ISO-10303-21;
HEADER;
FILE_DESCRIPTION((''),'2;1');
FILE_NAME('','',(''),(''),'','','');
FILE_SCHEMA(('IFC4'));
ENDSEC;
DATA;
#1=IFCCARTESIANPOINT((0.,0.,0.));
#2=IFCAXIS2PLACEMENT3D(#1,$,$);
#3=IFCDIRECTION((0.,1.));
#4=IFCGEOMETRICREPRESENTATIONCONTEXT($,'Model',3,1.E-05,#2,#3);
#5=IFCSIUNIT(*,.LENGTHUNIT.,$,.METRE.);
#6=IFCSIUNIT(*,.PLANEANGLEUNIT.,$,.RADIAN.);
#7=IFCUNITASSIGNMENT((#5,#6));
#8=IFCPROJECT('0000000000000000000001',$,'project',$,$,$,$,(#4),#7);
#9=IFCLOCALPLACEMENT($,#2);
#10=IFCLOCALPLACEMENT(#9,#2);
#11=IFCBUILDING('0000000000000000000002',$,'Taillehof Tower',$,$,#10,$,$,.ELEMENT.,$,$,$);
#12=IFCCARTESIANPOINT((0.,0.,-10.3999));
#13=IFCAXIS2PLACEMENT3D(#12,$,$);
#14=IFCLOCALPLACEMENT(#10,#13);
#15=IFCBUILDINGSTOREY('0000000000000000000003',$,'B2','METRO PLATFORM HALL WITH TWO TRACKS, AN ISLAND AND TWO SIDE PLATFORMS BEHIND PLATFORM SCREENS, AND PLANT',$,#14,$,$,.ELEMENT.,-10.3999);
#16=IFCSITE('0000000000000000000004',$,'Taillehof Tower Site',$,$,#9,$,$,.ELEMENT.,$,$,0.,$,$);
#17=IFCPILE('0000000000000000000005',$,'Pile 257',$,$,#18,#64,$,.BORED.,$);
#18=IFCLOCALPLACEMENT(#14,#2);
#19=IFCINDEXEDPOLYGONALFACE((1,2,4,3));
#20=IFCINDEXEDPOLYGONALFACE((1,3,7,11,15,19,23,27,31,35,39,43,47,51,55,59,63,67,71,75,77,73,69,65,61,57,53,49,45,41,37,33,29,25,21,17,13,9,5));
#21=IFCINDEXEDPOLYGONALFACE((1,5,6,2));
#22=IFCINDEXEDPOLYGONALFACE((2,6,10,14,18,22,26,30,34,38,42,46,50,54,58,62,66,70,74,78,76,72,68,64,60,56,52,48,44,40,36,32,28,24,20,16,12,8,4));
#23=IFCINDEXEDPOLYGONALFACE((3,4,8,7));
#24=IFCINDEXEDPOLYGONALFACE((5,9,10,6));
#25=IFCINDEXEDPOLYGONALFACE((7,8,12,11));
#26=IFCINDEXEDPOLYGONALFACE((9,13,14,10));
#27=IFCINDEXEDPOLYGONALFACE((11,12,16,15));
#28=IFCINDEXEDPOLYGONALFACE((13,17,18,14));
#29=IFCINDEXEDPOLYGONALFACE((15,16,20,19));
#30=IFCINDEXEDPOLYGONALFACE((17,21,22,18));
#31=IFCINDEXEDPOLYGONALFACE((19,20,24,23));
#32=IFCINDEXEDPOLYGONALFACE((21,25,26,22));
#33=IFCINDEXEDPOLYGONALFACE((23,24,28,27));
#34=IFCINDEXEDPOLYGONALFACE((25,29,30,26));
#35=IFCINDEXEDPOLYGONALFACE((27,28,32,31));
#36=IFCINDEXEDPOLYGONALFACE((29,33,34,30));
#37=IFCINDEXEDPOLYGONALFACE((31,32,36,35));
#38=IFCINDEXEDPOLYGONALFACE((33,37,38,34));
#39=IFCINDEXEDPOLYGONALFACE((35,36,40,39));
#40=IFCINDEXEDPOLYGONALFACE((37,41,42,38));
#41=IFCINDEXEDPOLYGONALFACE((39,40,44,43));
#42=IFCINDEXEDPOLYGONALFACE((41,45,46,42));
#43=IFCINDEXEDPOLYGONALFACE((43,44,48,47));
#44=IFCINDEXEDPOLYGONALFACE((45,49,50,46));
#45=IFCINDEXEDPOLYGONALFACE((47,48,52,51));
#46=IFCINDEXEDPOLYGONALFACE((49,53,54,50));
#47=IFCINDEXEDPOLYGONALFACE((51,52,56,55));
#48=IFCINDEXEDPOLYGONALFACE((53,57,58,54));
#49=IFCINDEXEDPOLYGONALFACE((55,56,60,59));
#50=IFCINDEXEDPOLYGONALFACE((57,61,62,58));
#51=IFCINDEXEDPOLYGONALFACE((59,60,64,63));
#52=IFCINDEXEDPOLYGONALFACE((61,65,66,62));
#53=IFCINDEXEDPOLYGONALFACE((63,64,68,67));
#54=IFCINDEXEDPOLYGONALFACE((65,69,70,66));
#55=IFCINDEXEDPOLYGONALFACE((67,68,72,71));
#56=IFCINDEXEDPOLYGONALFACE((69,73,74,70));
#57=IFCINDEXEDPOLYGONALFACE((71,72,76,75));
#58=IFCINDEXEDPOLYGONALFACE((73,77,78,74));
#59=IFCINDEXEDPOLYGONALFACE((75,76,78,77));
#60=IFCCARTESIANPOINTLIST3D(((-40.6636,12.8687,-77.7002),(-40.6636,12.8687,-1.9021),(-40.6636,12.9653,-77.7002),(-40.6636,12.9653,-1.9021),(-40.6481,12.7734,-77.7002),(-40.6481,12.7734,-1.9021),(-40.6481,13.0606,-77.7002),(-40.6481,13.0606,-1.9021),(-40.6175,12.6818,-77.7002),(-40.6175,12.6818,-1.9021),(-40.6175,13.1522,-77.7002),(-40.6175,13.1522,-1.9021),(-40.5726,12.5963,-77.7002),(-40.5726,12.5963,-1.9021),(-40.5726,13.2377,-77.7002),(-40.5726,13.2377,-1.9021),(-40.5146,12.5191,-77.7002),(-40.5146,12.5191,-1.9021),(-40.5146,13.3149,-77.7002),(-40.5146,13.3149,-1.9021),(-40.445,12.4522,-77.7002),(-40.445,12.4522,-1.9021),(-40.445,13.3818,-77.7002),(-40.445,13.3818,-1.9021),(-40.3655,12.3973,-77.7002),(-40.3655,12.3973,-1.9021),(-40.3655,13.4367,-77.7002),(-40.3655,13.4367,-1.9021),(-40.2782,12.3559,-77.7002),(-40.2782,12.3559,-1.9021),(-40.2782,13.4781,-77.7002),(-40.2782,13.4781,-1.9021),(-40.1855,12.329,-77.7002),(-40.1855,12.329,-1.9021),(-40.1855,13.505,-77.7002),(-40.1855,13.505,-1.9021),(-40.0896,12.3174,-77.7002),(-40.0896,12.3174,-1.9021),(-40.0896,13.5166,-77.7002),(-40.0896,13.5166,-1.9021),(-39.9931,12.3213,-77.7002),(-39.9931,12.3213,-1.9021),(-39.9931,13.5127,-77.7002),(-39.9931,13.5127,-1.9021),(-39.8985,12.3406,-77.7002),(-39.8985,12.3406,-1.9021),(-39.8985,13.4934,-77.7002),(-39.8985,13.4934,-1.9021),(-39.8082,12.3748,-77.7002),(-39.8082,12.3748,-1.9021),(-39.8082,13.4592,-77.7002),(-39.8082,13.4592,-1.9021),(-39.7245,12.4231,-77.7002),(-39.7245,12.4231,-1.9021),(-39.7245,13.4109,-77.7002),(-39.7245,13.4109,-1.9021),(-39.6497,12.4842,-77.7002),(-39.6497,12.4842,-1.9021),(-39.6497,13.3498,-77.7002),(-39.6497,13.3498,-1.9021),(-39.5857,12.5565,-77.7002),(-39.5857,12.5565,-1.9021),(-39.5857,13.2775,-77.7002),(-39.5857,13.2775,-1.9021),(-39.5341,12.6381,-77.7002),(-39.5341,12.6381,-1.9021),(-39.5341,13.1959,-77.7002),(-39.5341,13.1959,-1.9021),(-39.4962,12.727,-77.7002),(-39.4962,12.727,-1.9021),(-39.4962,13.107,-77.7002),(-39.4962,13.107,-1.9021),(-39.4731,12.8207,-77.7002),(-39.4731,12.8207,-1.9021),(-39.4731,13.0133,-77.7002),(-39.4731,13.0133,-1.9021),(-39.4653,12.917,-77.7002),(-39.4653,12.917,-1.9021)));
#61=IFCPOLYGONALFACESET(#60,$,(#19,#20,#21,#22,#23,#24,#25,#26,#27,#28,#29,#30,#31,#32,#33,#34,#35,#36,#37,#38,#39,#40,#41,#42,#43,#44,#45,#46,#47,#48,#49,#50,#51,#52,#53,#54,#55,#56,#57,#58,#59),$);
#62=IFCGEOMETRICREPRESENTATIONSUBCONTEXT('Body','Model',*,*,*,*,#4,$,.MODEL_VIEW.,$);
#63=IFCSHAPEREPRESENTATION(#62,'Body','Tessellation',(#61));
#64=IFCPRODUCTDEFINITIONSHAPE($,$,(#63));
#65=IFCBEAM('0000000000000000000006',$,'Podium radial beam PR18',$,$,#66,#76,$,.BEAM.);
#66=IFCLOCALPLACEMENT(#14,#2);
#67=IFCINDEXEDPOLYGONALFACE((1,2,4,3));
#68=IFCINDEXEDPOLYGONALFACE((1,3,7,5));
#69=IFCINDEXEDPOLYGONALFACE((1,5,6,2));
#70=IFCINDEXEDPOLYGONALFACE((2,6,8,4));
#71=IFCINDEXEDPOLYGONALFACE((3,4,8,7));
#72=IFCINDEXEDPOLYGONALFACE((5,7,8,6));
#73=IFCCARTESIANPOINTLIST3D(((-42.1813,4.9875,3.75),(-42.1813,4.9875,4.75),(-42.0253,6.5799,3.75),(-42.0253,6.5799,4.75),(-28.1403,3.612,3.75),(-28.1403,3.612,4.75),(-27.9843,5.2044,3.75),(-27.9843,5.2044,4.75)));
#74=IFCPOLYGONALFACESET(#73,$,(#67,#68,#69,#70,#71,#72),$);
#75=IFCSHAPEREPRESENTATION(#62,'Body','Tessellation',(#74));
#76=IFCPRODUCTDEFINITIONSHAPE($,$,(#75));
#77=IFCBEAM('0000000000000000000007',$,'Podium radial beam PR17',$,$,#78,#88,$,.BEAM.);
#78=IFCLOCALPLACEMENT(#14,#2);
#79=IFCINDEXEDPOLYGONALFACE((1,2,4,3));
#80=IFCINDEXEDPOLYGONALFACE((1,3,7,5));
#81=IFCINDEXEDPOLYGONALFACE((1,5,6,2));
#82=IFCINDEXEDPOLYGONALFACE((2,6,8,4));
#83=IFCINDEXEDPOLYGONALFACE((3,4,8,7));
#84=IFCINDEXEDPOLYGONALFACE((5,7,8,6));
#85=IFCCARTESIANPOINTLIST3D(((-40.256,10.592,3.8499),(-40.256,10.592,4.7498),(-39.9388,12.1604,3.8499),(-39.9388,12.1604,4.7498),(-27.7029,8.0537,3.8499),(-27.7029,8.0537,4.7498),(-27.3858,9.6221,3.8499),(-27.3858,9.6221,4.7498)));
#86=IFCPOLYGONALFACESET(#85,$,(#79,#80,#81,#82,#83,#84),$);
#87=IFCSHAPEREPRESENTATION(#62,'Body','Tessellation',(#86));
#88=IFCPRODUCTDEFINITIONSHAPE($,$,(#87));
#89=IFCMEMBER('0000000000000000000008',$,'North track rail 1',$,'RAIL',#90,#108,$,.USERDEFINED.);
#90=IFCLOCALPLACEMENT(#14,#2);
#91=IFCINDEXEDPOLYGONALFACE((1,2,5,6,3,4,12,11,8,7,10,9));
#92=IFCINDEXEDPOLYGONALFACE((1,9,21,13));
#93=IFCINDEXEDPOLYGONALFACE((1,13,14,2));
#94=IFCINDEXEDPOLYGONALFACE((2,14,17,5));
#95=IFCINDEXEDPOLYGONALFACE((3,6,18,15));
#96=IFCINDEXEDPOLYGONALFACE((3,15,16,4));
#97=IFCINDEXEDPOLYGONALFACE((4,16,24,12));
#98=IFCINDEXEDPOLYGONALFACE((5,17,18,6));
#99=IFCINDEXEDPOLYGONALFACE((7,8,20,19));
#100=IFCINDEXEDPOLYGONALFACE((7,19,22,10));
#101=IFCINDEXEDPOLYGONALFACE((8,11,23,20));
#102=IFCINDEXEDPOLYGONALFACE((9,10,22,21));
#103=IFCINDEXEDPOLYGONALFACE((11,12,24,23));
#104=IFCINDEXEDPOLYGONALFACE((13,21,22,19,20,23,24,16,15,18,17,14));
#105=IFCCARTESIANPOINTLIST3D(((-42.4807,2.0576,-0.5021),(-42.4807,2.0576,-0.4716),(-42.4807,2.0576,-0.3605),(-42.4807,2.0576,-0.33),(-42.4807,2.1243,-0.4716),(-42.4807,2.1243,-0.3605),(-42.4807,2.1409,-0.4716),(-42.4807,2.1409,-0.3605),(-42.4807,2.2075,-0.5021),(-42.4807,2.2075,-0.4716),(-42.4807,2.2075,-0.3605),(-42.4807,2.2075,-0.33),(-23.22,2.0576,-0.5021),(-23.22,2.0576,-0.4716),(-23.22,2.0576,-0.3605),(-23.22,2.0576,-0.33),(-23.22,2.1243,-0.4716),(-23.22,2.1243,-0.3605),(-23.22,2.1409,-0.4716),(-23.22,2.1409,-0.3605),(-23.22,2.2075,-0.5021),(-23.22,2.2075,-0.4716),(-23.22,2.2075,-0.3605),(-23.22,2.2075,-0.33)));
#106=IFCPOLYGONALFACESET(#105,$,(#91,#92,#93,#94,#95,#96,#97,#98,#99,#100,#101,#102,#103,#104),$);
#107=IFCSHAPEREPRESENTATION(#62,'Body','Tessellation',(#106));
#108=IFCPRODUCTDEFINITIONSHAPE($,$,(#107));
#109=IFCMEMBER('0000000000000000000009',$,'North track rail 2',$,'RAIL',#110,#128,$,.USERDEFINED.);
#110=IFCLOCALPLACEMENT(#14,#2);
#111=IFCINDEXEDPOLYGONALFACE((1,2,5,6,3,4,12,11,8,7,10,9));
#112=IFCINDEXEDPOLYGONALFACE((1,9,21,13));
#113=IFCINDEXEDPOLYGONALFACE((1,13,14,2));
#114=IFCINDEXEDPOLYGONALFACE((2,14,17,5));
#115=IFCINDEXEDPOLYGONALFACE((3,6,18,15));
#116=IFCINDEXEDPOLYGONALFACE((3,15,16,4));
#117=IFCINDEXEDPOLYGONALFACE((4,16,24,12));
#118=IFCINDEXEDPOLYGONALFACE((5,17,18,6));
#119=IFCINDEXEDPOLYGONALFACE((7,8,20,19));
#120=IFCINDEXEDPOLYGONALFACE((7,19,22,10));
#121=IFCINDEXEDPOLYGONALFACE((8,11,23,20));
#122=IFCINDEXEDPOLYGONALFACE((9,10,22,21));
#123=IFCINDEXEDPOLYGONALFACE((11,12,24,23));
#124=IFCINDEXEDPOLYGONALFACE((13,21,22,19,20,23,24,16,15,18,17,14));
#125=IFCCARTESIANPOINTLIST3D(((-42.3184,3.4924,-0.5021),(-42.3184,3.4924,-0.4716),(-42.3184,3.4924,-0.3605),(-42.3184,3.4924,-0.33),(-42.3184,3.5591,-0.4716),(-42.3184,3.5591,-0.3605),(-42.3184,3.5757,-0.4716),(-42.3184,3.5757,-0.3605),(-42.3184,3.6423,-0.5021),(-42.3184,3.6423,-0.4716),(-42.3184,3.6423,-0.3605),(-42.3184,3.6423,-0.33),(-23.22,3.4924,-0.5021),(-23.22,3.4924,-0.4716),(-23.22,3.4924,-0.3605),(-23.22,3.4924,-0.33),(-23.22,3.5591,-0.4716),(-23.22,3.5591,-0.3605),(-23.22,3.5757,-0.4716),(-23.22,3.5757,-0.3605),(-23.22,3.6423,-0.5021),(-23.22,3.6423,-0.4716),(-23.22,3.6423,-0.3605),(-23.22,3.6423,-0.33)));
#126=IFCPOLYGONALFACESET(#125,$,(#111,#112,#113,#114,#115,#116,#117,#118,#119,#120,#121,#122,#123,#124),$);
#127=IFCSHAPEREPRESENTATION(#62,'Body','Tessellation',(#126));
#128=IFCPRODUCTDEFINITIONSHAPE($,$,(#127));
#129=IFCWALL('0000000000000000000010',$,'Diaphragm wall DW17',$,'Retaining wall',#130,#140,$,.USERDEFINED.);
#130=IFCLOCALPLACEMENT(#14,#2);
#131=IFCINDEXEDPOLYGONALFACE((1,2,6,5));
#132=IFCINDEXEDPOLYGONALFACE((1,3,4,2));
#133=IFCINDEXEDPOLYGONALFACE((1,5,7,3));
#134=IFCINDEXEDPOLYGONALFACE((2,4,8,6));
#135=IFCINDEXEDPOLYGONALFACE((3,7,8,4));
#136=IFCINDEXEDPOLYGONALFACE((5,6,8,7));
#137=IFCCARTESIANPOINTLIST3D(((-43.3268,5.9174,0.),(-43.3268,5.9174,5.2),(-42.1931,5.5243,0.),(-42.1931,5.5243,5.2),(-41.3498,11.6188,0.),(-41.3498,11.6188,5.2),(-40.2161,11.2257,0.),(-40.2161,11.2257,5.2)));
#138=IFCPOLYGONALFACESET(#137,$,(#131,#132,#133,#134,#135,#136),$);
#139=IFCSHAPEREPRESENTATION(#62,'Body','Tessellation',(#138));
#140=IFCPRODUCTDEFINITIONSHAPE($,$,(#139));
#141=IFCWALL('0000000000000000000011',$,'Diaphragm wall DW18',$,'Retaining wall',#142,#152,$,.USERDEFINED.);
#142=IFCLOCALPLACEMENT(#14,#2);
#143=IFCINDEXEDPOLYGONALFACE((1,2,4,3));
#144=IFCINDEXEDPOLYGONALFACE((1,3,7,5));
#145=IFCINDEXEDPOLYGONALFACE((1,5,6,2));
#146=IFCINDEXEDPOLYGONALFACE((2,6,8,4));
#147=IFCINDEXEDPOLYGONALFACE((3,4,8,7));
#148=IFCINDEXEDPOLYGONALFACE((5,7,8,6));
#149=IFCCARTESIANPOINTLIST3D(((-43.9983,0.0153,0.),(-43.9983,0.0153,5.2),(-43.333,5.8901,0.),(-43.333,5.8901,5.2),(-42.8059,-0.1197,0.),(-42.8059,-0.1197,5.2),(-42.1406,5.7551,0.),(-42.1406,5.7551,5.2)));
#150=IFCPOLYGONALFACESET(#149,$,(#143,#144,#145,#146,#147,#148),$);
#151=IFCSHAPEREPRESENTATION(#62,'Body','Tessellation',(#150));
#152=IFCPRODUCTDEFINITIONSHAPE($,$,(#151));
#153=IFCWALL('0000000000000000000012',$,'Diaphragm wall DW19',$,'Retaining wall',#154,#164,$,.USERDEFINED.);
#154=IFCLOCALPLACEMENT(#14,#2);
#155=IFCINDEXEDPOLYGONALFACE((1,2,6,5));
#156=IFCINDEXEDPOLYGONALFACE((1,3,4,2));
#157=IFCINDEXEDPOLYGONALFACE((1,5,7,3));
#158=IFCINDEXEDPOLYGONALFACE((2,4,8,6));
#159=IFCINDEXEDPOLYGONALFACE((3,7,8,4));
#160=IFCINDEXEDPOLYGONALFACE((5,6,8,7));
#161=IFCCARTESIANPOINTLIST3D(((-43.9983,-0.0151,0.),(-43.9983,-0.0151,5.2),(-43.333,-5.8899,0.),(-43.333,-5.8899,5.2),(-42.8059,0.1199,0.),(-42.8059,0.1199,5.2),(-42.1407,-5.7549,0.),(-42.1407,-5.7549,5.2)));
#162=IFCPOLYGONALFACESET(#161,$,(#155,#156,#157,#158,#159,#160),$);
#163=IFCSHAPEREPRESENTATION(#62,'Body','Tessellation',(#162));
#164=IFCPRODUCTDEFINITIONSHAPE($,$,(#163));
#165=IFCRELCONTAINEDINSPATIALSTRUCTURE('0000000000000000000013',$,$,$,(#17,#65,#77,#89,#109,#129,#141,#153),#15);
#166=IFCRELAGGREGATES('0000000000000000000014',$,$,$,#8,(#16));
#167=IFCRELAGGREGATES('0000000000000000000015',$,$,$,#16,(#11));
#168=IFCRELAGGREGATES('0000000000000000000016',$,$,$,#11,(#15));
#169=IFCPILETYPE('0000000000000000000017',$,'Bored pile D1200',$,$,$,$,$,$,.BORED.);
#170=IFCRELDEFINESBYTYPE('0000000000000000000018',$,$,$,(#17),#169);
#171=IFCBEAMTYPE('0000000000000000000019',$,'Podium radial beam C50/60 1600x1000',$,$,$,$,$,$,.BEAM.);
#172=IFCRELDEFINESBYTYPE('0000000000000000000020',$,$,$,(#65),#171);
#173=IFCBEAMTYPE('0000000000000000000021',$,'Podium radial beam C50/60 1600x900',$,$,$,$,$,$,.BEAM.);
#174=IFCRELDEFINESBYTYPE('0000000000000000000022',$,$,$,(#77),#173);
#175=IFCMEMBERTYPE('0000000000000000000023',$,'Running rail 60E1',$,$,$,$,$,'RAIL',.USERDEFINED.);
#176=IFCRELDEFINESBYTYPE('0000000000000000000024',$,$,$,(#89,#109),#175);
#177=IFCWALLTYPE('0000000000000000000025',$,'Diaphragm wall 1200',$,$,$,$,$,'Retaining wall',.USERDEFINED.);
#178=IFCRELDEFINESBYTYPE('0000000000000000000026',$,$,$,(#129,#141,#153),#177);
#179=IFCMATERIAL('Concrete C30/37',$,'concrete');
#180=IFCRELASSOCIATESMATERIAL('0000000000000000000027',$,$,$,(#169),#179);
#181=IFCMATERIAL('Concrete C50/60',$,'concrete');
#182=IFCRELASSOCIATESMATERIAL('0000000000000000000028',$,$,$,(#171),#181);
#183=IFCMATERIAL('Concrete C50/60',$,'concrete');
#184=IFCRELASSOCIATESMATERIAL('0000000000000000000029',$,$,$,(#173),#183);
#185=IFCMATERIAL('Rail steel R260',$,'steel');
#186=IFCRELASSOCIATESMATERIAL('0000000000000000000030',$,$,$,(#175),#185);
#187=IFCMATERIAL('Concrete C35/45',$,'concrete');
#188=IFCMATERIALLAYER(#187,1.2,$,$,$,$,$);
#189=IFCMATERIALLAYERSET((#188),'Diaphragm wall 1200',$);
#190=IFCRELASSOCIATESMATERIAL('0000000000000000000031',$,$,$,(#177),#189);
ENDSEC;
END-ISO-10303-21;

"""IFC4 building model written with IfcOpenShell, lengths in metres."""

from ifc_helpers import new_model, si_unit, direction, frame, frame_2d, origin, origin_2d, place, context, subcontext, project, spatial, rectangle, circle, i_section, extrude, material, layer, layer_set, material_profile, profile_set, type_object, element, save


model = new_model("IFC4")

# Units and contexts
model_context = context("Model", 3, precision=1e-05, world=origin(), true_north=direction((0.0, 1.0)))
body_context = subcontext(model_context, "Body", "Model", "MODEL_VIEW")
ifc_project = project(units=[si_unit("LENGTHUNIT", "METRE"), si_unit("PLANEANGLEUNIT", "RADIAN")], contexts=[model_context])

# Site, building, storey
site_placement = place(None, origin())
site = spatial("IfcSite", under=ifc_project, at=site_placement, Name="Taillehof Tower Site", CompositionType="ELEMENT", RefElevation=0.0)
building_placement = place(site_placement, origin())
building = spatial("IfcBuilding", under=site, at=building_placement, Name="Taillehof Tower", CompositionType="ELEMENT")
storey_placement = place(building_placement, frame((0.0, 0.0, -10.3999)))
storey = spatial("IfcBuildingStorey", under=building, at=storey_placement, Name="B2", Description="METRO PLATFORM HALL WITH TWO TRACKS, AN ISLAND AND TWO SIDE PLATFORMS BEHIND PLATFORM SCREENS, AND PLANT", CompositionType="ELEMENT", Elevation=-10.3999)

# Pile
ifc_material_1 = material(Name="Concrete C30/37", Category="concrete")
ifc_material_profile_1 = material_profile(ifc_material_1, circle(Radius=0.6001, at=origin_2d()), Name="BP D1200")
ifc_profile_set_1 = profile_set([ifc_material_profile_1], Name="Concrete C30/37")
pile_type = type_object("IfcPileType", Name="Bored pile D1200", PredefinedType="BORED", material=ifc_profile_set_1)
for number, where, z_axis, x_axis, name in (
    (1, (-40.0654, 12.917, -1.9021), (0.0, 0.0, -1.0), (1.0, 0.0, 0.0), "Pile 257"),
):
    element("IfcPile", number, at=place(storey_placement, frame(where, z_axis=z_axis, x_axis=x_axis)), inside=storey, type_object=pile_type, Name=name, PredefinedType="BORED", context=body_context, shape_type="SweptSolid", body=[
        extrude(circle(Radius=0.6001, at=origin_2d()), origin(), (0.0, 0.0, 1.0), 75.7981),
    ])

# Beams
ifc_material_2 = material(Name="Concrete C50/60", Category="concrete")
ifc_material_profile_2 = material_profile(ifc_material_2, rectangle(XDim=1.6001, YDim=1.0, at=origin_2d()), Name="RC 1600x1000")
ifc_profile_set_2 = profile_set([ifc_material_profile_2], Name="Concrete C50/60")
beam_type_1 = type_object("IfcBeamType", Name="Podium radial beam C50/60 1600x1000", PredefinedType="BEAM", material=ifc_profile_set_2)
beam_1_placement = place(storey_placement, frame((-42.1033, 5.7837, 4.25), z_axis=(0.995236, -0.097495, 0.0), x_axis=(0.097495, 0.995236, 0.0)))
element("IfcBeam", 2, at=beam_1_placement, inside=storey, type_object=beam_type_1, Name="Podium radial beam PR18", PredefinedType="BEAM", context=body_context, shape_type="SweptSolid", body=[
    extrude(rectangle(XDim=1.6001, YDim=1.0, at=origin_2d()), origin(), (0.0, 0.0, 1.0), 14.1082),
])
ifc_material_3 = material(Name="Concrete C50/60", Category="concrete")
ifc_material_profile_3 = material_profile(ifc_material_3, rectangle(XDim=1.6001, YDim=0.8999, at=origin_2d()), Name="RC 1600x900")
ifc_profile_set_3 = profile_set([ifc_material_profile_3], Name="Concrete C50/60")
beam_type_2 = type_object("IfcBeamType", Name="Podium radial beam C50/60 1600x900", PredefinedType="BEAM", material=ifc_profile_set_3)
beam_2_placement = place(storey_placement, frame((-40.0974, 11.3762, 4.2998), z_axis=(0.980162, -0.198198, 0.0), x_axis=(0.198198, 0.980162, 0.0)))
element("IfcBeam", 3, at=beam_2_placement, inside=storey, type_object=beam_type_2, Name="Podium radial beam PR17", PredefinedType="BEAM", context=body_context, shape_type="SweptSolid", body=[
    extrude(rectangle(XDim=1.6001, YDim=0.8999, at=origin_2d()), origin(), (0.0, 0.0, 1.0), 12.8071),
])

# Members
ifc_material_4 = material(Name="Rail steel R260", Category="steel")
ifc_material_profile_4 = material_profile(ifc_material_4, i_section(OverallWidth=0.1499, OverallDepth=0.1721, WebThickness=0.0166, FlangeThickness=0.0305, at=origin_2d()), Name="60E1 rail")
ifc_profile_set_4 = profile_set([ifc_material_profile_4], Name="Rail steel R260")
member_type = type_object("IfcMemberType", Name="Running rail 60E1", ElementType="RAIL", PredefinedType="USERDEFINED", material=ifc_profile_set_4)
member_1_placement = place(storey_placement, frame((-42.4807, 2.1326, -0.416), z_axis=(1.0, 0.0, 0.0), x_axis=(0.0, 1.0, 0.0)))
element("IfcMember", 4, at=member_1_placement, inside=storey, type_object=member_type, Name="North track rail 1", ObjectType="RAIL", PredefinedType="USERDEFINED", context=body_context, shape_type="SweptSolid", body=[
    extrude(i_section(OverallWidth=0.1499, OverallDepth=0.1721, WebThickness=0.0166, FlangeThickness=0.0305, at=origin_2d()), origin(), (0.0, 0.0, 1.0), 19.2607),
])
member_2_placement = place(storey_placement, frame((-42.3184, 3.5674, -0.416), z_axis=(1.0, 0.0, 0.0), x_axis=(0.0, 1.0, 0.0)))
element("IfcMember", 5, at=member_2_placement, inside=storey, type_object=member_type, Name="North track rail 2", ObjectType="RAIL", PredefinedType="USERDEFINED", context=body_context, shape_type="SweptSolid", body=[
    extrude(i_section(OverallWidth=0.1499, OverallDepth=0.1721, WebThickness=0.0166, FlangeThickness=0.0305, at=origin_2d()), origin(), (0.0, 0.0, 1.0), 19.0984),
])

# Walls
ifc_material_5 = material(Name="Concrete C35/45", Category="concrete")
ifc_layer_1 = layer(ifc_material_5, 1.2)
ifc_layer_set_1 = layer_set([ifc_layer_1], Name="Diaphragm wall 1200")
wall_type_1 = type_object("IfcWallType", Name="Diaphragm wall 1200", ElementType="Retaining wall", PredefinedType="USERDEFINED", material=ifc_layer_set_1)
wall_1_placement = place(storey_placement, frame((-40.783, 11.4221, 0.0), z_axis=(0.0, 0.0, 1.0), x_axis=(-0.327626, -0.944807, 0.0)))
element("IfcWall", 6, at=wall_1_placement, inside=storey, type_object=wall_type_1, Name="Diaphragm wall DW17", ObjectType="Retaining wall", PredefinedType="USERDEFINED", context=body_context, shape_type="SweptSolid", body=[
    extrude(rectangle(XDim=6.0344, YDim=1.2, at=frame_2d((3.0171, 0.0))), origin(), (0.0, 0.0, 1.0), 5.2),
])
for number, where, z_axis, x_axis, name in (
    (7, (-42.7368, 5.8225, 0.0), (0.0, 0.0, 1.0), (-0.112525, -0.993649, 0.0), "Diaphragm wall DW18"),
    (8, (-43.4021, 0.0522, 0.0), (0.0, 0.0, 1.0), (0.112525, -0.993649, 0.0), "Diaphragm wall DW19"),
):
    element("IfcWall", number, at=place(storey_placement, frame(where, z_axis=z_axis, x_axis=x_axis)), inside=storey, type_object=wall_type_1, Name=name, ObjectType="Retaining wall", PredefinedType="USERDEFINED", context=body_context, shape_type="SweptSolid", body=[
        extrude(rectangle(XDim=5.9124, YDim=1.2, at=frame_2d((2.9561, 0.0))), origin(), (0.0, 0.0, 1.0), 5.2),
    ])

save(model, "model.ifc")
